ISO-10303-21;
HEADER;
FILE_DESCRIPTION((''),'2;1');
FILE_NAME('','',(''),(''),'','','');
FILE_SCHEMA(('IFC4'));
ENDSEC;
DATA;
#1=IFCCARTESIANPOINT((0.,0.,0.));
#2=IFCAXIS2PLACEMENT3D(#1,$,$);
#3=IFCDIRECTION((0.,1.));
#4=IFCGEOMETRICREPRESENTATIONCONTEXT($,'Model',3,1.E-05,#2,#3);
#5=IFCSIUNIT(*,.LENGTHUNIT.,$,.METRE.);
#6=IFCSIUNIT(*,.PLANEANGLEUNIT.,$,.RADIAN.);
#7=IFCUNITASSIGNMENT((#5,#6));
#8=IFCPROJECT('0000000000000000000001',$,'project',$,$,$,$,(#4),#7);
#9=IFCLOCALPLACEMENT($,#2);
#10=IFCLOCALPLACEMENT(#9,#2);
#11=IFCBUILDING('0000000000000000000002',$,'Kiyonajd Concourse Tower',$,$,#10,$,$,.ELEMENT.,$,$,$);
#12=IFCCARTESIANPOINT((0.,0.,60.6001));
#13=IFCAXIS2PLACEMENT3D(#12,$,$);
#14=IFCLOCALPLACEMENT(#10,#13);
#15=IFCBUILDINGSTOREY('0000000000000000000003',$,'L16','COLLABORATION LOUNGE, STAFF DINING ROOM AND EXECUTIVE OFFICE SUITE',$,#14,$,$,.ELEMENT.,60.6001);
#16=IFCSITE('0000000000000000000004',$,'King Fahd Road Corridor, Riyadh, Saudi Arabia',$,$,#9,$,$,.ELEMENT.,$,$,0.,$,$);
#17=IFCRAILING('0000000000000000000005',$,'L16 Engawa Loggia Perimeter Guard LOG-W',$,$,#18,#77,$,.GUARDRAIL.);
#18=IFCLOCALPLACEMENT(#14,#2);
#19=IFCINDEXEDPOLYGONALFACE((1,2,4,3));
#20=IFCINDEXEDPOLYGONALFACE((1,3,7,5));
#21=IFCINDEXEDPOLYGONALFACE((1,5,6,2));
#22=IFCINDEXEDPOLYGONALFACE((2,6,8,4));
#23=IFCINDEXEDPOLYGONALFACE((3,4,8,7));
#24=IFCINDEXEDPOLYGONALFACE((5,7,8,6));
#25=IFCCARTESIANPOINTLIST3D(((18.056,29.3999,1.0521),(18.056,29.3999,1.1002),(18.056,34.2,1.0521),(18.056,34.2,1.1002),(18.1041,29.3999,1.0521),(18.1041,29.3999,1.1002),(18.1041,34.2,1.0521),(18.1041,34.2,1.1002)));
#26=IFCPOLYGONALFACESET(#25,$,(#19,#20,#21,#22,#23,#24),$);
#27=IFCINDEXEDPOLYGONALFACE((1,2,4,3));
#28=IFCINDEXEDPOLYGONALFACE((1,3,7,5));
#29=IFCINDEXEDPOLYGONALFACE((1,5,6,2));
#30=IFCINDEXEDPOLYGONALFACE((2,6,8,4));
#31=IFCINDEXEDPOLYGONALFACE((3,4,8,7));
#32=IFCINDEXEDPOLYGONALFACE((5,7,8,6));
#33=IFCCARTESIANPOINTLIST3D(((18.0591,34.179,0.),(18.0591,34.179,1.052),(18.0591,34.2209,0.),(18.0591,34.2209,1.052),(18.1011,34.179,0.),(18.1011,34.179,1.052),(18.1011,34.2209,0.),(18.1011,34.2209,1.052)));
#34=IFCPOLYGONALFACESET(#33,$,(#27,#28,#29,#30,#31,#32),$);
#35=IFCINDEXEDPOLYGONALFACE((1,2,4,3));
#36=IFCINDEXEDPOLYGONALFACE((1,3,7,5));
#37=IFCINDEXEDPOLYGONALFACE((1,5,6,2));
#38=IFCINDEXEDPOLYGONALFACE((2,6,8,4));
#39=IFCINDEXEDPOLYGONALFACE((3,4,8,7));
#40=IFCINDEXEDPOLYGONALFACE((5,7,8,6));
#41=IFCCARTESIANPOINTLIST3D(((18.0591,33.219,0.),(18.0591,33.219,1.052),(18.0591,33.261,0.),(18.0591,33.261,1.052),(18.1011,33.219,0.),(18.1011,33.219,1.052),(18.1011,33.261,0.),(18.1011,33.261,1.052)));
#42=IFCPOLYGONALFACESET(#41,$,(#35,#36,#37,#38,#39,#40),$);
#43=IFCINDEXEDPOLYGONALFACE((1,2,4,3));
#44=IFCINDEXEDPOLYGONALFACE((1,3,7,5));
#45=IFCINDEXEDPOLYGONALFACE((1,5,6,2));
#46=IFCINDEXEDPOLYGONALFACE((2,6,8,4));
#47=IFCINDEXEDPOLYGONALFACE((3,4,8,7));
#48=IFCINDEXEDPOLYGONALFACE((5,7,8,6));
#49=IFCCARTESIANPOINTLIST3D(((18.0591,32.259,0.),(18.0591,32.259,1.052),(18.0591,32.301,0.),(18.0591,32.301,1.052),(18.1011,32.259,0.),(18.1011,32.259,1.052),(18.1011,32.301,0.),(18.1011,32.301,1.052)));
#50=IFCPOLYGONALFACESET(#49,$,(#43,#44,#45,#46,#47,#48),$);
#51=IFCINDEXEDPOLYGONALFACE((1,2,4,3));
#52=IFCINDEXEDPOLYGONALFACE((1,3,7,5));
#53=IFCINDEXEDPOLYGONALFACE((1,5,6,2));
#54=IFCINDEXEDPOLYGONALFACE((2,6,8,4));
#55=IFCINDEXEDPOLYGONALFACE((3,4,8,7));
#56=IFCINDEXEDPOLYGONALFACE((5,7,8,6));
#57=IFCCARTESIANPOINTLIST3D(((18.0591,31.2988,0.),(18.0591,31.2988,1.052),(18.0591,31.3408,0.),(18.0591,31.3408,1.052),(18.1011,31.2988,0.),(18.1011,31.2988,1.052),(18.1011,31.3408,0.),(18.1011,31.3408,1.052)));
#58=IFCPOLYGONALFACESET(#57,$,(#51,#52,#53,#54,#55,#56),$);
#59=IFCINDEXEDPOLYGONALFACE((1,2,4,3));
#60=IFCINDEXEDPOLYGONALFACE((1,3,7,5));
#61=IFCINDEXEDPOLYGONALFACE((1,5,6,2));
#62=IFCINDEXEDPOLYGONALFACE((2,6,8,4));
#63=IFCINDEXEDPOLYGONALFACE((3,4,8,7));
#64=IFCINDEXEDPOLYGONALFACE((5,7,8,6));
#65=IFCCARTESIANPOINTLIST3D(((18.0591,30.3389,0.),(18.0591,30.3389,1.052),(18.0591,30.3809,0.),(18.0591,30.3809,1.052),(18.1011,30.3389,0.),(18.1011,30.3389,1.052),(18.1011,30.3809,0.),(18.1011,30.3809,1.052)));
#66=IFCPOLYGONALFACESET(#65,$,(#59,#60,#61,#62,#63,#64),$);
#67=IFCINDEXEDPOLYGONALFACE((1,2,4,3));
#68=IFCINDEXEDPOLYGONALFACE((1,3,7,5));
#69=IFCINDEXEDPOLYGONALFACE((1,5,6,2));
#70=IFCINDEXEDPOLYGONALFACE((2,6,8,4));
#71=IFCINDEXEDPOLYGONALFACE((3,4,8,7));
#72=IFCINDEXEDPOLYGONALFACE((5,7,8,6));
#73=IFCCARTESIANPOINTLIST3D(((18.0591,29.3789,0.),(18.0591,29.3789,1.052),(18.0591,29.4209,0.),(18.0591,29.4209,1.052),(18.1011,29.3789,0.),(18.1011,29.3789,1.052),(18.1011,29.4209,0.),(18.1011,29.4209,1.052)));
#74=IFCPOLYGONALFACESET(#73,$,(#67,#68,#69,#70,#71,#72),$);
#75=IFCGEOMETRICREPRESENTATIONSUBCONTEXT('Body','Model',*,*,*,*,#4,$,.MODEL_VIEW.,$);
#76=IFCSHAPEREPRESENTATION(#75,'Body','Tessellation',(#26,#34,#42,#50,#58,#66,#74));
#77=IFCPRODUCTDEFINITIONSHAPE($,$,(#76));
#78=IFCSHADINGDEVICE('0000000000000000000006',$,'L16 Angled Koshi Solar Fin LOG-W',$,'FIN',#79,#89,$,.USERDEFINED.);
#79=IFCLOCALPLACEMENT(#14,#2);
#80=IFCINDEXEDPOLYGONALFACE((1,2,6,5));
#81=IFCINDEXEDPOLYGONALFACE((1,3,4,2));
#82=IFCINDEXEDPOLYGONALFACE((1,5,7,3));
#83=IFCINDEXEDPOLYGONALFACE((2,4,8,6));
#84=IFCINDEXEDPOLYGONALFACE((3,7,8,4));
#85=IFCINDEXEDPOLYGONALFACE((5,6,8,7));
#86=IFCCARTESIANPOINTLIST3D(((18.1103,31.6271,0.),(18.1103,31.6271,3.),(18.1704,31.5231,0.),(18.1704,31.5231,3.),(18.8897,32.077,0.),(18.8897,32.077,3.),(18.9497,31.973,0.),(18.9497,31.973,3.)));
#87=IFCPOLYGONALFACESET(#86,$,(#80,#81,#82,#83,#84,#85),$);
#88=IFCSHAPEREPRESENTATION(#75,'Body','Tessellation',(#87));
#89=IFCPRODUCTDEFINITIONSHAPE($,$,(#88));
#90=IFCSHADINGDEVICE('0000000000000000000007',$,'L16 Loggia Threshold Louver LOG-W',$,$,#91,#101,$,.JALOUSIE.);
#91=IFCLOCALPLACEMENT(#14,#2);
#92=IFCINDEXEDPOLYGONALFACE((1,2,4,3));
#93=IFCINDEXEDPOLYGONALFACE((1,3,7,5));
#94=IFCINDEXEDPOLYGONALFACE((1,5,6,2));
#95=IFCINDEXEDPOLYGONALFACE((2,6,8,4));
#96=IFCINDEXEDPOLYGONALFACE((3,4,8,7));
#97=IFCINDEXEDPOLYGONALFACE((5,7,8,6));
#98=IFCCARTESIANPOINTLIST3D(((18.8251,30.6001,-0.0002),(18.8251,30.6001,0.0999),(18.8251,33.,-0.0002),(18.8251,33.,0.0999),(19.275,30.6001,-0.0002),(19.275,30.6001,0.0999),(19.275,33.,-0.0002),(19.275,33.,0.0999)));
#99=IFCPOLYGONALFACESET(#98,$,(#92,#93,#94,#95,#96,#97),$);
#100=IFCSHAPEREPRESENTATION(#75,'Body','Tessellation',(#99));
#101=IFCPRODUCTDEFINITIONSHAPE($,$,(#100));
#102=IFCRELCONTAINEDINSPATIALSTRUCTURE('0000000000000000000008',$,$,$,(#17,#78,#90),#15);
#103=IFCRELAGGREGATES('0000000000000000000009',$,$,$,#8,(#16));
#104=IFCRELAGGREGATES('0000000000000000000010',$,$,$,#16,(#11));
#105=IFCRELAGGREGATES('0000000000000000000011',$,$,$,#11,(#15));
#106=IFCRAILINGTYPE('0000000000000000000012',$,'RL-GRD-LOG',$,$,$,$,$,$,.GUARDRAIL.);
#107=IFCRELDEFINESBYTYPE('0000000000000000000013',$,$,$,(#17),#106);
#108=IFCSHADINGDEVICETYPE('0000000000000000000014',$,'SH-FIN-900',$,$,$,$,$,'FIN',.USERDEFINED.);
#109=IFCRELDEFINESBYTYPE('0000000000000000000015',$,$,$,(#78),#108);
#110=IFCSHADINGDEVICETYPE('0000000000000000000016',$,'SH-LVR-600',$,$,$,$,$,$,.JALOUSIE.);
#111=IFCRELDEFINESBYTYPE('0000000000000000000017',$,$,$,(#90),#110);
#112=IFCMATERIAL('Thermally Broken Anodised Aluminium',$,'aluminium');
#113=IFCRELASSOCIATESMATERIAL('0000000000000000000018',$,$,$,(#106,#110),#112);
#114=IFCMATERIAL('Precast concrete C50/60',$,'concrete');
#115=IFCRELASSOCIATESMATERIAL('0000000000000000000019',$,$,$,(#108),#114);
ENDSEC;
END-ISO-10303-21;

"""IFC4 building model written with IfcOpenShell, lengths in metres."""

from ifc_helpers import new_model, si_unit, direction, frame, origin, origin_2d, place, context, subcontext, project, spatial, rectangle, extrude, material, type_object, element, save


model = new_model("IFC4")

# Units and contexts
model_context = context("Model", 3, precision=1e-05, world=origin(), true_north=direction((0.0, 1.0)))
body_context = subcontext(model_context, "Body", "Model", "MODEL_VIEW")
ifc_project = project(units=[si_unit("LENGTHUNIT", "METRE"), si_unit("PLANEANGLEUNIT", "RADIAN")], contexts=[model_context])

# Site, building, storey
site_placement = place(None, origin())
site = spatial("IfcSite", under=ifc_project, at=site_placement, Name="King Fahd Road Corridor, Riyadh, Saudi Arabia", CompositionType="ELEMENT", RefElevation=0.0)
building_placement = place(site_placement, origin())
building = spatial("IfcBuilding", under=site, at=building_placement, Name="Kiyonajd Concourse Tower", CompositionType="ELEMENT")
storey_placement = place(building_placement, frame((0.0, 0.0, 60.6001)))
storey = spatial("IfcBuildingStorey", under=building, at=storey_placement, Name="L16", Description="COLLABORATION LOUNGE, STAFF DINING ROOM AND EXECUTIVE OFFICE SUITE", CompositionType="ELEMENT", Elevation=60.6001)

# Shared definitions
ifc_material_1 = material(Name="Precast concrete C50/60", Category="concrete")

# Shared definitions
ifc_material_2 = material(Name="Thermally Broken Anodised Aluminium", Category="aluminium")

# Railing
railing_type = type_object("IfcRailingType", Name="RL-GRD-LOG", PredefinedType="GUARDRAIL", material=ifc_material_2)
railing_placement = place(storey_placement, frame((18.0801, 34.2, 0.0)))
element("IfcRailing", 1, at=railing_placement, inside=storey, type_object=railing_type, Name="L16 Engawa Loggia Perimeter Guard LOG-W", PredefinedType="GUARDRAIL", context=body_context, shape_type="SweptSolid", body=[
    extrude(rectangle(XDim=0.0481, YDim=0.0481, at=origin_2d()), frame((0.0, 0.0, 1.0762), z_axis=(0.0, -1.0, 0.0), x_axis=(1.0, 0.0, 0.0)), (0.0, 0.0, 1.0), 4.8),
    extrude(rectangle(XDim=0.042, YDim=0.042, at=origin_2d()), origin(), (0.0, 0.0, 1.0), 1.052),
    extrude(rectangle(XDim=0.042, YDim=0.042, at=origin_2d()), frame((0.0, -0.96, 0.0)), (0.0, 0.0, 1.0), 1.052),
    extrude(rectangle(XDim=0.042, YDim=0.042, at=origin_2d()), frame((0.0, -1.9199, 0.0)), (0.0, 0.0, 1.0), 1.052),
    extrude(rectangle(XDim=0.042, YDim=0.042, at=origin_2d()), frame((0.0, -2.8801, 0.0)), (0.0, 0.0, 1.0), 1.052),
    extrude(rectangle(XDim=0.042, YDim=0.042, at=origin_2d()), frame((0.0, -3.8401, 0.0)), (0.0, 0.0, 1.0), 1.052),
    extrude(rectangle(XDim=0.042, YDim=0.042, at=origin_2d()), frame((0.0, -4.8, 0.0)), (0.0, 0.0, 1.0), 1.052),
])

# Shading devices
shading_device_type_1 = type_object("IfcShadingDeviceType", Name="SH-FIN-900", ElementType="FIN", PredefinedType="USERDEFINED", material=ifc_material_1)
shading_device_1_placement = place(storey_placement, frame((18.53, 31.8, 0.0), z_axis=(0.0, 0.0, 1.0), x_axis=(0.866025, 0.5, 0.0)))
element("IfcShadingDevice", 2, at=shading_device_1_placement, inside=storey, type_object=shading_device_type_1, Name="L16 Angled Koshi Solar Fin LOG-W", ObjectType="FIN", PredefinedType="USERDEFINED", context=body_context, shape_type="SweptSolid", body=[
    extrude(rectangle(XDim=0.8999, YDim=0.1201, at=origin_2d()), origin(), (0.0, 0.0, 1.0), 3.0),
])
shading_device_type_2 = type_object("IfcShadingDeviceType", Name="SH-LVR-600", PredefinedType="JALOUSIE", material=ifc_material_2)
shading_device_2_placement = place(storey_placement, frame((19.05, 31.8, -0.0002), z_axis=(0.0, 0.0, 1.0), x_axis=(0.0, 1.0, 0.0)))
element("IfcShadingDevice", 3, at=shading_device_2_placement, inside=storey, type_object=shading_device_type_2, Name="L16 Loggia Threshold Louver LOG-W", PredefinedType="JALOUSIE", context=body_context, shape_type="SweptSolid", body=[
    extrude(rectangle(XDim=2.3999, YDim=0.45, at=origin_2d()), origin(), (0.0, 0.0, 1.0), 0.1001),
])

save(model, "model.ifc")
